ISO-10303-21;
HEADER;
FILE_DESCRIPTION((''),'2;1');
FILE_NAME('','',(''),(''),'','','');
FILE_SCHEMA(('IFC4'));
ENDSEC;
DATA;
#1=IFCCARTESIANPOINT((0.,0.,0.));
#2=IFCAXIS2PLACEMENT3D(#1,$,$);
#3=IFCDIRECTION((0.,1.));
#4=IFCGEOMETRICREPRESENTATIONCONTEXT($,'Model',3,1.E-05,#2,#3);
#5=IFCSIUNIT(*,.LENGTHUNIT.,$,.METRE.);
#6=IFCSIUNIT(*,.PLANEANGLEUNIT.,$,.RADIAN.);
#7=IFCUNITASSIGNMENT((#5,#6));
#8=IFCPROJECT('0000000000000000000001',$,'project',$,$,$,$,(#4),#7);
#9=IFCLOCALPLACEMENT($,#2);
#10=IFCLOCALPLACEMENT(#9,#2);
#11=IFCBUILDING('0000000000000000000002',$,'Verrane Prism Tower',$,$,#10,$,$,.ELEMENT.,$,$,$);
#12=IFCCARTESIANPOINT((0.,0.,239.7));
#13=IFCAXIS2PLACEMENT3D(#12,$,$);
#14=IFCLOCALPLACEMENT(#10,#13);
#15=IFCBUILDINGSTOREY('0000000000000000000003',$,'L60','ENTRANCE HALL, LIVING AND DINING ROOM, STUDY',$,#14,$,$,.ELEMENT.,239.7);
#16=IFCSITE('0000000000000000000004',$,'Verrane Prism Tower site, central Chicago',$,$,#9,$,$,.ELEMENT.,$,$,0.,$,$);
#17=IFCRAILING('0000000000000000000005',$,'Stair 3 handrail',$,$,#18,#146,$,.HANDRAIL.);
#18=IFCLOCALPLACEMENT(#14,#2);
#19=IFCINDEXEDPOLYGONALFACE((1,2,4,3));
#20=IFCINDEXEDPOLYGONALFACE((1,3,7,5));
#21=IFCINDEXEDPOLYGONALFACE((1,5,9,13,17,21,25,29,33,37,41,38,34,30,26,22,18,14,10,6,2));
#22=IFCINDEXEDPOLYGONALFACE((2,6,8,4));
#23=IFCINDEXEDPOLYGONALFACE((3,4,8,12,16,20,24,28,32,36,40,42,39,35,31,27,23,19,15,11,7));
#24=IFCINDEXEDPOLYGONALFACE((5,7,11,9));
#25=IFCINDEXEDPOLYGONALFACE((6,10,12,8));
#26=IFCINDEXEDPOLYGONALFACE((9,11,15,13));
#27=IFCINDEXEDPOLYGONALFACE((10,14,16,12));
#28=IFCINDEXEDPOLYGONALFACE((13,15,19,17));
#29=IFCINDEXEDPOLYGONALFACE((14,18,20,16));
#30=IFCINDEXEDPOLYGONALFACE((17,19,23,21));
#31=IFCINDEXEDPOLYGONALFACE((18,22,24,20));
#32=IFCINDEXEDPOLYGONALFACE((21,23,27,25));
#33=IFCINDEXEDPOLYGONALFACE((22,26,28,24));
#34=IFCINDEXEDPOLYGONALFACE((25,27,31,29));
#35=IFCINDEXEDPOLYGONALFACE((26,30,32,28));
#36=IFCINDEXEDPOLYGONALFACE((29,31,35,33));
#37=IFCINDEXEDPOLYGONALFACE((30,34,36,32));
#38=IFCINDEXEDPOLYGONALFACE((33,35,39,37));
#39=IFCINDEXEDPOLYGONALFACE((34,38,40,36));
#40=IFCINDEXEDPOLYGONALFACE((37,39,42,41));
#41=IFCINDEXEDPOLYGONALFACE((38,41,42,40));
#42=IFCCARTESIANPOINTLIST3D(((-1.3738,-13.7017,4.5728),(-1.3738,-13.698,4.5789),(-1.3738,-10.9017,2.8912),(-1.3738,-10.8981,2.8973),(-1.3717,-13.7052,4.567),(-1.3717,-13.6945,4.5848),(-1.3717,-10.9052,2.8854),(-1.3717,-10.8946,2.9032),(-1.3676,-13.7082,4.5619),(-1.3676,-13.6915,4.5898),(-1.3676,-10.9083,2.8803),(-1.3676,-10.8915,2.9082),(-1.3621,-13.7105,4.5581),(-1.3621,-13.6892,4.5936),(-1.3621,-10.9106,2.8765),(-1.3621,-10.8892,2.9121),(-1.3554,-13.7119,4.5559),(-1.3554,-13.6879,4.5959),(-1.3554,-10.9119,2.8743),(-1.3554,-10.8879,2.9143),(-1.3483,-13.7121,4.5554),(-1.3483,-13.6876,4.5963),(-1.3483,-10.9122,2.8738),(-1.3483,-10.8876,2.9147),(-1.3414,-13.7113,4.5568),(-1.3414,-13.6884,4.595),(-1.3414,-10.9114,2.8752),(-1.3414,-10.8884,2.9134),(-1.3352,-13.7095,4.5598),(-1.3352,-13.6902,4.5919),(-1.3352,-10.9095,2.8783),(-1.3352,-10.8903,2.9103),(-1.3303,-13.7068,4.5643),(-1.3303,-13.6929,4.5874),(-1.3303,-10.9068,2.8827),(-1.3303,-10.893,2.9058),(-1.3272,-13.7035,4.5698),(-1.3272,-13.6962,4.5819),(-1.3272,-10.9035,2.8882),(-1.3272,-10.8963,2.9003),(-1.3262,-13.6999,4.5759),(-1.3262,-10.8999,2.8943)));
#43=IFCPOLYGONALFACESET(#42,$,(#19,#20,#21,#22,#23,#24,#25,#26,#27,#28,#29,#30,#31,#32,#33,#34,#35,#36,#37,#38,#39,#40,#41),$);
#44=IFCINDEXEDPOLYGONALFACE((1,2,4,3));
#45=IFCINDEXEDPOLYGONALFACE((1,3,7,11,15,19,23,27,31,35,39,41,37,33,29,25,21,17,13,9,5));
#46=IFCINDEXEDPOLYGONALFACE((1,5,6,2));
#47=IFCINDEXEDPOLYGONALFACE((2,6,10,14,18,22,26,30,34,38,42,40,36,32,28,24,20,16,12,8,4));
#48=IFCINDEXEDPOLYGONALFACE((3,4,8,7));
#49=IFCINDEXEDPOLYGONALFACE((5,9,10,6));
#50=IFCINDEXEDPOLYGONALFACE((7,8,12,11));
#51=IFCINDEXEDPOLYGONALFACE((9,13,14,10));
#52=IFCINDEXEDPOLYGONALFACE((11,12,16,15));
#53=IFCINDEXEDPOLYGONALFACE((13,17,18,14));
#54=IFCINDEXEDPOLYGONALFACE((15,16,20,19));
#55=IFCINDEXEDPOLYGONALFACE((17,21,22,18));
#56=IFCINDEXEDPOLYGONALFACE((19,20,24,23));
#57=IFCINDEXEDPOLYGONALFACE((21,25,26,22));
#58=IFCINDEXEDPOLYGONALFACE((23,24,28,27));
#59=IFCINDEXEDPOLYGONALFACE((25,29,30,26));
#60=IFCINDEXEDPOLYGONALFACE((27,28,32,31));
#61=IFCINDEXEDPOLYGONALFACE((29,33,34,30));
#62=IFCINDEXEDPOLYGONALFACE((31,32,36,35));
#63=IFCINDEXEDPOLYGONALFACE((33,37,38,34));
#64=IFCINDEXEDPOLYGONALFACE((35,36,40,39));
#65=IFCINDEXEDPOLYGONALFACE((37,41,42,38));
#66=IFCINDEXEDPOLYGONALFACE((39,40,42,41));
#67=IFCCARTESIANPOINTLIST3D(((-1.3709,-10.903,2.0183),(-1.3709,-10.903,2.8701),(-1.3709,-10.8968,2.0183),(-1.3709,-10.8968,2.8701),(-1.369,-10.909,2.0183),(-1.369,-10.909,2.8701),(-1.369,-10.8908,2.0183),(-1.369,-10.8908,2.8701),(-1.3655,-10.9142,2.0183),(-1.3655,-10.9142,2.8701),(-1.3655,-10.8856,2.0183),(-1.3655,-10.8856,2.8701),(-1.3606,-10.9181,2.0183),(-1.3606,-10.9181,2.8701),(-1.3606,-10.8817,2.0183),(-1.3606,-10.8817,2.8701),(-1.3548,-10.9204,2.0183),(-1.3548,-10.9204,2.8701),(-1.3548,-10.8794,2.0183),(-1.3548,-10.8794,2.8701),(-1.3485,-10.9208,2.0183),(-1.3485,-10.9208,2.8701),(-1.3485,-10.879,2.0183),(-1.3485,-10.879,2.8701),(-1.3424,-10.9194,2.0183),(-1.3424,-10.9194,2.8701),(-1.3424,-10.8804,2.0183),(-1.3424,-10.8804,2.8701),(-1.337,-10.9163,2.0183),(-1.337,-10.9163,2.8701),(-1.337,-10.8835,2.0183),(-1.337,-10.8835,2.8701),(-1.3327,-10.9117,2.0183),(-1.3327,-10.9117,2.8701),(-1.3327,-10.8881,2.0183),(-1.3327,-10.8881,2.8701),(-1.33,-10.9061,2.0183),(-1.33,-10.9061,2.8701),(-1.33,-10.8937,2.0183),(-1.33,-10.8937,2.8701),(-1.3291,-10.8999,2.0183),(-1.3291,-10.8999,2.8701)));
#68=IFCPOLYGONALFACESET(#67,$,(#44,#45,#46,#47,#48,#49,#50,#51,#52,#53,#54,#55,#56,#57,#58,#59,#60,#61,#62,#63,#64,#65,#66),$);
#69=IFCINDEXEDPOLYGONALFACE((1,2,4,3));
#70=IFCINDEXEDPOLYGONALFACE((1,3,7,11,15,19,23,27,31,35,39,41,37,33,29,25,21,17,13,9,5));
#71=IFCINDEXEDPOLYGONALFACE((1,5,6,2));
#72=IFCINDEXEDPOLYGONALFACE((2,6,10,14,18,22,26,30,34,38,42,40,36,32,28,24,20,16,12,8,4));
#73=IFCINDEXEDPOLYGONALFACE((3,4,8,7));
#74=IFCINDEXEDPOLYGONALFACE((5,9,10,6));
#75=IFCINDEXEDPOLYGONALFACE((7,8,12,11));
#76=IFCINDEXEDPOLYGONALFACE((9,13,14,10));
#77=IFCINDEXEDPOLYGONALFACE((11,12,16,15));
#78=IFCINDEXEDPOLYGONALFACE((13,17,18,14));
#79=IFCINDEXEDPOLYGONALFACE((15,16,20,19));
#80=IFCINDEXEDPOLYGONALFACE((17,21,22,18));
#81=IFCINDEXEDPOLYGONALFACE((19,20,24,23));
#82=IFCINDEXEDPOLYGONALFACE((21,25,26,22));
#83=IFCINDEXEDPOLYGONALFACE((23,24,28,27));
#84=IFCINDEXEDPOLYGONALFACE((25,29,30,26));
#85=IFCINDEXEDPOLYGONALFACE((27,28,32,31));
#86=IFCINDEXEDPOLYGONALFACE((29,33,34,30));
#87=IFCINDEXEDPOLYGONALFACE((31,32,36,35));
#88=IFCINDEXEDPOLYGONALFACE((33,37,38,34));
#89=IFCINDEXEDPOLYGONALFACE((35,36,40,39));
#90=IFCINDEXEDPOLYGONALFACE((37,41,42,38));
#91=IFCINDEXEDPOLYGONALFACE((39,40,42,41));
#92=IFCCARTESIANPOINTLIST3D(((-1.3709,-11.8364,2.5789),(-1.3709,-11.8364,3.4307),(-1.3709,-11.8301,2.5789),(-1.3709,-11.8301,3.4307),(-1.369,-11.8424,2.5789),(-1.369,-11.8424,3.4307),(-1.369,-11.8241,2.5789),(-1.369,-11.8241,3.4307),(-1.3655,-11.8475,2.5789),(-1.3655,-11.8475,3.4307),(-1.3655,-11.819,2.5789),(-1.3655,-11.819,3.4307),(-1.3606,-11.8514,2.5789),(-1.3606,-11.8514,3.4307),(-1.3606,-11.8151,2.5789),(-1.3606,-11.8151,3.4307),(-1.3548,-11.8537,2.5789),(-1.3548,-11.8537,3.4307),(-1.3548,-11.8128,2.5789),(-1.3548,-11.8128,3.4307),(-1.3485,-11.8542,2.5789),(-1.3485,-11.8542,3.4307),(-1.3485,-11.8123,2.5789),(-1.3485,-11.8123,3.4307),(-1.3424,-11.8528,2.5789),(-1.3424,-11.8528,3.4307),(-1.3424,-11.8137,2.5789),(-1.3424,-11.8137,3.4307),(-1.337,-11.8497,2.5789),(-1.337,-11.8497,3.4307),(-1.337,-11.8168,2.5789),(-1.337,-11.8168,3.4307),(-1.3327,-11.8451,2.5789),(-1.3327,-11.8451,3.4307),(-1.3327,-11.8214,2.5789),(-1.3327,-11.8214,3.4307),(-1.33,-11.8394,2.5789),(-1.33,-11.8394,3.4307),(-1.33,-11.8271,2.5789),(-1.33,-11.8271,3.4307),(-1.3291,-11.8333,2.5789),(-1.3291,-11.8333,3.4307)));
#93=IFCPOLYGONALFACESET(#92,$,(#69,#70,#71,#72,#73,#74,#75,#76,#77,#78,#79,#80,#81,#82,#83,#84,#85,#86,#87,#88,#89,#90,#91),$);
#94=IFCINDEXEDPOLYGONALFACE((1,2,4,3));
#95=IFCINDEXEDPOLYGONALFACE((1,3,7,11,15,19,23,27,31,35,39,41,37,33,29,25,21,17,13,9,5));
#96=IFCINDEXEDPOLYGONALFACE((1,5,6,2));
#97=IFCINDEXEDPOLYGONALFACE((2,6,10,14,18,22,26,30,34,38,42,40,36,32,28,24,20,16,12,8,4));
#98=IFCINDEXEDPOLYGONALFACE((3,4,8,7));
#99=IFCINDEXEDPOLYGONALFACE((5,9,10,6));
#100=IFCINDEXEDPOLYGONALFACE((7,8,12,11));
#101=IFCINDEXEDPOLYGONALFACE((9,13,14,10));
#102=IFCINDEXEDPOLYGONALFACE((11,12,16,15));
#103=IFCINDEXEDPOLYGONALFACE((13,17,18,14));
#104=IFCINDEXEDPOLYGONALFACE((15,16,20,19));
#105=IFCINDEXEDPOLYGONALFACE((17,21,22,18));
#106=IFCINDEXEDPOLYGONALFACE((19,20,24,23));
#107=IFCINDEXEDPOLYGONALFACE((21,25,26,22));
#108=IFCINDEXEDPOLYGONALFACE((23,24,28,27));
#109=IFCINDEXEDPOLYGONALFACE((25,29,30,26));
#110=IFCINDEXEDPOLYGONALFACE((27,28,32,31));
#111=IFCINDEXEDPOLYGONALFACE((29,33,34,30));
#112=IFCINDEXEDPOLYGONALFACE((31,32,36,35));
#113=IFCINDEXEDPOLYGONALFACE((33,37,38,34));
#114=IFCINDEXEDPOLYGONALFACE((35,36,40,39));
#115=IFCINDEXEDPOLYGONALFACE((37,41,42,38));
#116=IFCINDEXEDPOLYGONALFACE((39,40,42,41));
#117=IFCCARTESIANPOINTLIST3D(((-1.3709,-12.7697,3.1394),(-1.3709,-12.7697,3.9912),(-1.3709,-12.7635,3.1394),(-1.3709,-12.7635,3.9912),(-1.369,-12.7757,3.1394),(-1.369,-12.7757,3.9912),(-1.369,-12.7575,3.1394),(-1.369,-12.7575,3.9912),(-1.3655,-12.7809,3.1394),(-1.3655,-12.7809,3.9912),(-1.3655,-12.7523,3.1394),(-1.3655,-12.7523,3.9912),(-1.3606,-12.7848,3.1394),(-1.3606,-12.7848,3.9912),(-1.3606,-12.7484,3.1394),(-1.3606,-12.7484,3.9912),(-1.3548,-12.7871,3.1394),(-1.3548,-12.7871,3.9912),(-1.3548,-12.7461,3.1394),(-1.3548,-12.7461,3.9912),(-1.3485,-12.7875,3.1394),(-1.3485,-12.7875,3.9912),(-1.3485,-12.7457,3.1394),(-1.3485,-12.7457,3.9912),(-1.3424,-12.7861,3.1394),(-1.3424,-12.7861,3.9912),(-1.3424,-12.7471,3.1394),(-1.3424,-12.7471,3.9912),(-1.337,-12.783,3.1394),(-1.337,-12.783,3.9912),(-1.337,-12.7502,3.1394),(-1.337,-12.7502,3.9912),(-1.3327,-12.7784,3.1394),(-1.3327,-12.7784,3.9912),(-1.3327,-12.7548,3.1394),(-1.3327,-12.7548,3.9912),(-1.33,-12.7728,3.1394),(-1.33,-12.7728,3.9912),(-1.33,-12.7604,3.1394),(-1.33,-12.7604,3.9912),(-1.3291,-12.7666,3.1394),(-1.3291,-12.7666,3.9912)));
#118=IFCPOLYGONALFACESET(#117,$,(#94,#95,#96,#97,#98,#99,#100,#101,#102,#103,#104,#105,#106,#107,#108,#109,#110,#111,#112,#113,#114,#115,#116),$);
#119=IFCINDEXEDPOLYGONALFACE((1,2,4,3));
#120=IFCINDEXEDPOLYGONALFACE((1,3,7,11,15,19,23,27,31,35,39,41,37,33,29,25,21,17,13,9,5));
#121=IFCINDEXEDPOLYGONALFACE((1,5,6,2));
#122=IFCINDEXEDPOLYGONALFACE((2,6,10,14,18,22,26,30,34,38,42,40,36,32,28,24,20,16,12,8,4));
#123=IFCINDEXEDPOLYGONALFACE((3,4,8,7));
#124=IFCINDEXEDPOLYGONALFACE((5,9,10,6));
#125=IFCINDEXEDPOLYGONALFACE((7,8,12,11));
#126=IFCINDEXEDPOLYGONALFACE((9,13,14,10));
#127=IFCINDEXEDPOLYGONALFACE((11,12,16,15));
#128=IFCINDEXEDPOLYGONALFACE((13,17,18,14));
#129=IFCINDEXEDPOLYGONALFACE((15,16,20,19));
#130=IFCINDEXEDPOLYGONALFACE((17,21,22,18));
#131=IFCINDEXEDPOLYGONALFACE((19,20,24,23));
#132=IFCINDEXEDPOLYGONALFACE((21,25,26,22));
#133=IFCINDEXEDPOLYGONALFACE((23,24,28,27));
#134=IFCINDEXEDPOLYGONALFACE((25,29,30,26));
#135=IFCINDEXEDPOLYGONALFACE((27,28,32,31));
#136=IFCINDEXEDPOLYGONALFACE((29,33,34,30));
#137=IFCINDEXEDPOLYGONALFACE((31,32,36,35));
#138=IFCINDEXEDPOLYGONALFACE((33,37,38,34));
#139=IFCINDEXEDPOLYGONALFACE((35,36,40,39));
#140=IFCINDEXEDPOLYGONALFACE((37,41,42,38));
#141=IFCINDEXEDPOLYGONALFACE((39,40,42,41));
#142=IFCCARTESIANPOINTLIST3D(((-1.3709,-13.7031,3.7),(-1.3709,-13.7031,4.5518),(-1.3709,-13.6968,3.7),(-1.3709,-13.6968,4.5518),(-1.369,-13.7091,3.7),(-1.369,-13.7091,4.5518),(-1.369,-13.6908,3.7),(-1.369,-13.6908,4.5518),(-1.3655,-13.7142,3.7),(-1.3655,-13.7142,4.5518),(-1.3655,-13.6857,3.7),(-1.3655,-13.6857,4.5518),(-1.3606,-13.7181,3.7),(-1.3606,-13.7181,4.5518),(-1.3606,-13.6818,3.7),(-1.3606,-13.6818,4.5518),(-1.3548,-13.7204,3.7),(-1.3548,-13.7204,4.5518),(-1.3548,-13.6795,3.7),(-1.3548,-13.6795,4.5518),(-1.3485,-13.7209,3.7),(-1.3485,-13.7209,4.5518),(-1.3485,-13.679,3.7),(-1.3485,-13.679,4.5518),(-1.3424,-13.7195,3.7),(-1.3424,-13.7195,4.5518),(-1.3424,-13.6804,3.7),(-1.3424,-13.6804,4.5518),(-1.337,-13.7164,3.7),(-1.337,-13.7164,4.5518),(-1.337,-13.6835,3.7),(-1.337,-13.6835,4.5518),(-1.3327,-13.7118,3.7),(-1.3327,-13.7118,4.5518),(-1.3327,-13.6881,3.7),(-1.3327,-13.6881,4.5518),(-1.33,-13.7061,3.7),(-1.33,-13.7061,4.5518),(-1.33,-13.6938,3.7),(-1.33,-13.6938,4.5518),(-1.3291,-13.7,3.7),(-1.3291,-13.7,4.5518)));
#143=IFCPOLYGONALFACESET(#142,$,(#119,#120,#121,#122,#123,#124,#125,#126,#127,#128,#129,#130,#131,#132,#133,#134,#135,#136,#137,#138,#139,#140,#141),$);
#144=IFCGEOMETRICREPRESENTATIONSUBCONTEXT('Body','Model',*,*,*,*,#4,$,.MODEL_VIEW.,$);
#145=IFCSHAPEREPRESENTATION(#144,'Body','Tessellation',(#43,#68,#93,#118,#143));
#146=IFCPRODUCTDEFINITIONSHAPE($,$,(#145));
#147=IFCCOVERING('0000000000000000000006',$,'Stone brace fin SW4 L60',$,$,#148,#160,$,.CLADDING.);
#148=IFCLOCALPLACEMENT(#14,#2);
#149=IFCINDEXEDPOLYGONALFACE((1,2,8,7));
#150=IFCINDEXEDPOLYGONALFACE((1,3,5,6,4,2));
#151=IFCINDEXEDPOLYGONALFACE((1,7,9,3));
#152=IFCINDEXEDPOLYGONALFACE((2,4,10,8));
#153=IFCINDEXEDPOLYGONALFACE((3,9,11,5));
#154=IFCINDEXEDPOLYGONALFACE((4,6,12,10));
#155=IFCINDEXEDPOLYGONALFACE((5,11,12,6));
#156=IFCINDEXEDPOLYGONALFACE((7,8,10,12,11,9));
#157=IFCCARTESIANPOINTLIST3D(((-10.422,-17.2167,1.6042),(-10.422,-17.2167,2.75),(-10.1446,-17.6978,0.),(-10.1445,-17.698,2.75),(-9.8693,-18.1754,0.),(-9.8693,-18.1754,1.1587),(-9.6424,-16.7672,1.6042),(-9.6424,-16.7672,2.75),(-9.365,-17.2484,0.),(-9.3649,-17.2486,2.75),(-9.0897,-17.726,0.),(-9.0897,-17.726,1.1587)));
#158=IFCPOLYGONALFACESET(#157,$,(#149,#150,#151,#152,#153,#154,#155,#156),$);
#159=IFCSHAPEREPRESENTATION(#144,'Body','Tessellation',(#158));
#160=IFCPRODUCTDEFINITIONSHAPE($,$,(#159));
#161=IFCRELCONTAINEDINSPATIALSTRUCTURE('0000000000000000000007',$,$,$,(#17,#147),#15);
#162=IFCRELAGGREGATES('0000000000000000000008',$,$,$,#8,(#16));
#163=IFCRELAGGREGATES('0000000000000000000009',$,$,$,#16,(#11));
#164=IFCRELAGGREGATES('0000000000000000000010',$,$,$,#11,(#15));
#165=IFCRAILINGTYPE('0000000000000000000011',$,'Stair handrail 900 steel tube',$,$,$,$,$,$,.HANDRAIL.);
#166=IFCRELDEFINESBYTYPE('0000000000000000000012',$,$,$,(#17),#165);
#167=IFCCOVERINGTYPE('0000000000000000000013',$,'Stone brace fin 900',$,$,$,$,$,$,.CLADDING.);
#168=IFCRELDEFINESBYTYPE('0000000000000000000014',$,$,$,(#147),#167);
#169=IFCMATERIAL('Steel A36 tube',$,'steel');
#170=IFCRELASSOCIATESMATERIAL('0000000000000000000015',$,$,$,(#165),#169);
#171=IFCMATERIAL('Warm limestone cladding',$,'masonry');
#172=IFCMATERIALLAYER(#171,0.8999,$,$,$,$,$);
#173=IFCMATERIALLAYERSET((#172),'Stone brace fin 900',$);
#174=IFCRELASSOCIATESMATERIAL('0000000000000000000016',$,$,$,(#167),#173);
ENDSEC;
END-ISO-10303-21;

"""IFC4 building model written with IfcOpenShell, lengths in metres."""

from ifc_helpers import new_model, si_unit, direction, frame, origin, origin_2d, place, context, subcontext, project, spatial, polyline, circle, outline, extrude, material, layer, layer_set, type_object, element, save


model = new_model("IFC4")

# Units and contexts
model_context = context("Model", 3, precision=1e-05, world=origin(), true_north=direction((0.0, 1.0)))
body_context = subcontext(model_context, "Body", "Model", "MODEL_VIEW")
ifc_project = project(units=[si_unit("LENGTHUNIT", "METRE"), si_unit("PLANEANGLEUNIT", "RADIAN")], contexts=[model_context])

# Site, building, storey
site_placement = place(None, origin())
site = spatial("IfcSite", under=ifc_project, at=site_placement, Name="Verrane Prism Tower site, central Chicago", CompositionType="ELEMENT", RefElevation=0.0)
building_placement = place(site_placement, origin())
building = spatial("IfcBuilding", under=site, at=building_placement, Name="Verrane Prism Tower", CompositionType="ELEMENT")
storey_placement = place(building_placement, frame((0.0, 0.0, 239.7)))
storey = spatial("IfcBuildingStorey", under=building, at=storey_placement, Name="L60", Description="ENTRANCE HALL, LIVING AND DINING ROOM, STUDY", CompositionType="ELEMENT", Elevation=239.7)

# Railing
ifc_material_1 = material(Name="Steel A36 tube", Category="steel")
railing_type = type_object("IfcRailingType", Name="Stair handrail 900 steel tube", PredefinedType="HANDRAIL", material=ifc_material_1)
railing_placement = place(storey_placement, frame((-1.3501, -10.8999, 2.0183)))
element("IfcRailing", 1, at=railing_placement, inside=storey, type_object=railing_type, Name="Stair 3 handrail", PredefinedType="HANDRAIL", context=body_context, shape_type="SweptSolid", body=[
    extrude(circle(Radius=0.0239, at=origin_2d()), frame((0.0, 0.0, 0.876), z_axis=(0.0, -0.857275, 0.514858), x_axis=(1.0, 0.0, 0.0)), (0.0, 0.0, 1.0), 3.2661),
    extrude(circle(Radius=0.021, at=origin_2d()), origin(), (0.0, 0.0, 1.0), 0.8518),
    extrude(circle(Radius=0.021, at=origin_2d()), frame((0.0, -0.9333, 0.5605)), (0.0, 0.0, 1.0), 0.8518),
    extrude(circle(Radius=0.021, at=origin_2d()), frame((0.0, -1.8667, 1.1211)), (0.0, 0.0, 1.0), 0.8518),
    extrude(circle(Radius=0.021, at=origin_2d()), frame((0.0, -2.8, 1.6816)), (0.0, 0.0, 1.0), 0.8518),
])

# Covering
ifc_material_2 = material(Name="Warm limestone cladding", Category="masonry")
ifc_layer_1 = layer(ifc_material_2, 0.8999)
ifc_layer_set_1 = layer_set([ifc_layer_1], Name="Stone brace fin 900")
covering_type = type_object("IfcCoveringType", Name="Stone brace fin 900", PredefinedType="CLADDING", material=ifc_layer_set_1)
covering_placement = place(storey_placement, frame((-9.4795, -17.9507, 0.0), z_axis=(0.0, 0.0, 1.0), x_axis=(-0.499461, 0.866336, 0.0)))
element("IfcCovering", 2, at=covering_placement, inside=storey, type_object=covering_type, Name="Stone brace fin SW4 L60", PredefinedType="CLADDING", context=body_context, shape_type="SweptSolid", body=[
    extrude(outline(polyline([(1.1067, 2.75), (0.551, 2.75), (0.0, 1.1587), (0.0, 0.0), (0.5513, 0.0), (1.1067, 1.6042), (1.1067, 2.75)])), frame((0.0, 0.45, 0.0), z_axis=(0.0, -1.0, 0.0), x_axis=(1.0, 0.0, 0.0)), (0.0, 0.0, 1.0), 0.8999),
])

save(model, "model.ifc")
